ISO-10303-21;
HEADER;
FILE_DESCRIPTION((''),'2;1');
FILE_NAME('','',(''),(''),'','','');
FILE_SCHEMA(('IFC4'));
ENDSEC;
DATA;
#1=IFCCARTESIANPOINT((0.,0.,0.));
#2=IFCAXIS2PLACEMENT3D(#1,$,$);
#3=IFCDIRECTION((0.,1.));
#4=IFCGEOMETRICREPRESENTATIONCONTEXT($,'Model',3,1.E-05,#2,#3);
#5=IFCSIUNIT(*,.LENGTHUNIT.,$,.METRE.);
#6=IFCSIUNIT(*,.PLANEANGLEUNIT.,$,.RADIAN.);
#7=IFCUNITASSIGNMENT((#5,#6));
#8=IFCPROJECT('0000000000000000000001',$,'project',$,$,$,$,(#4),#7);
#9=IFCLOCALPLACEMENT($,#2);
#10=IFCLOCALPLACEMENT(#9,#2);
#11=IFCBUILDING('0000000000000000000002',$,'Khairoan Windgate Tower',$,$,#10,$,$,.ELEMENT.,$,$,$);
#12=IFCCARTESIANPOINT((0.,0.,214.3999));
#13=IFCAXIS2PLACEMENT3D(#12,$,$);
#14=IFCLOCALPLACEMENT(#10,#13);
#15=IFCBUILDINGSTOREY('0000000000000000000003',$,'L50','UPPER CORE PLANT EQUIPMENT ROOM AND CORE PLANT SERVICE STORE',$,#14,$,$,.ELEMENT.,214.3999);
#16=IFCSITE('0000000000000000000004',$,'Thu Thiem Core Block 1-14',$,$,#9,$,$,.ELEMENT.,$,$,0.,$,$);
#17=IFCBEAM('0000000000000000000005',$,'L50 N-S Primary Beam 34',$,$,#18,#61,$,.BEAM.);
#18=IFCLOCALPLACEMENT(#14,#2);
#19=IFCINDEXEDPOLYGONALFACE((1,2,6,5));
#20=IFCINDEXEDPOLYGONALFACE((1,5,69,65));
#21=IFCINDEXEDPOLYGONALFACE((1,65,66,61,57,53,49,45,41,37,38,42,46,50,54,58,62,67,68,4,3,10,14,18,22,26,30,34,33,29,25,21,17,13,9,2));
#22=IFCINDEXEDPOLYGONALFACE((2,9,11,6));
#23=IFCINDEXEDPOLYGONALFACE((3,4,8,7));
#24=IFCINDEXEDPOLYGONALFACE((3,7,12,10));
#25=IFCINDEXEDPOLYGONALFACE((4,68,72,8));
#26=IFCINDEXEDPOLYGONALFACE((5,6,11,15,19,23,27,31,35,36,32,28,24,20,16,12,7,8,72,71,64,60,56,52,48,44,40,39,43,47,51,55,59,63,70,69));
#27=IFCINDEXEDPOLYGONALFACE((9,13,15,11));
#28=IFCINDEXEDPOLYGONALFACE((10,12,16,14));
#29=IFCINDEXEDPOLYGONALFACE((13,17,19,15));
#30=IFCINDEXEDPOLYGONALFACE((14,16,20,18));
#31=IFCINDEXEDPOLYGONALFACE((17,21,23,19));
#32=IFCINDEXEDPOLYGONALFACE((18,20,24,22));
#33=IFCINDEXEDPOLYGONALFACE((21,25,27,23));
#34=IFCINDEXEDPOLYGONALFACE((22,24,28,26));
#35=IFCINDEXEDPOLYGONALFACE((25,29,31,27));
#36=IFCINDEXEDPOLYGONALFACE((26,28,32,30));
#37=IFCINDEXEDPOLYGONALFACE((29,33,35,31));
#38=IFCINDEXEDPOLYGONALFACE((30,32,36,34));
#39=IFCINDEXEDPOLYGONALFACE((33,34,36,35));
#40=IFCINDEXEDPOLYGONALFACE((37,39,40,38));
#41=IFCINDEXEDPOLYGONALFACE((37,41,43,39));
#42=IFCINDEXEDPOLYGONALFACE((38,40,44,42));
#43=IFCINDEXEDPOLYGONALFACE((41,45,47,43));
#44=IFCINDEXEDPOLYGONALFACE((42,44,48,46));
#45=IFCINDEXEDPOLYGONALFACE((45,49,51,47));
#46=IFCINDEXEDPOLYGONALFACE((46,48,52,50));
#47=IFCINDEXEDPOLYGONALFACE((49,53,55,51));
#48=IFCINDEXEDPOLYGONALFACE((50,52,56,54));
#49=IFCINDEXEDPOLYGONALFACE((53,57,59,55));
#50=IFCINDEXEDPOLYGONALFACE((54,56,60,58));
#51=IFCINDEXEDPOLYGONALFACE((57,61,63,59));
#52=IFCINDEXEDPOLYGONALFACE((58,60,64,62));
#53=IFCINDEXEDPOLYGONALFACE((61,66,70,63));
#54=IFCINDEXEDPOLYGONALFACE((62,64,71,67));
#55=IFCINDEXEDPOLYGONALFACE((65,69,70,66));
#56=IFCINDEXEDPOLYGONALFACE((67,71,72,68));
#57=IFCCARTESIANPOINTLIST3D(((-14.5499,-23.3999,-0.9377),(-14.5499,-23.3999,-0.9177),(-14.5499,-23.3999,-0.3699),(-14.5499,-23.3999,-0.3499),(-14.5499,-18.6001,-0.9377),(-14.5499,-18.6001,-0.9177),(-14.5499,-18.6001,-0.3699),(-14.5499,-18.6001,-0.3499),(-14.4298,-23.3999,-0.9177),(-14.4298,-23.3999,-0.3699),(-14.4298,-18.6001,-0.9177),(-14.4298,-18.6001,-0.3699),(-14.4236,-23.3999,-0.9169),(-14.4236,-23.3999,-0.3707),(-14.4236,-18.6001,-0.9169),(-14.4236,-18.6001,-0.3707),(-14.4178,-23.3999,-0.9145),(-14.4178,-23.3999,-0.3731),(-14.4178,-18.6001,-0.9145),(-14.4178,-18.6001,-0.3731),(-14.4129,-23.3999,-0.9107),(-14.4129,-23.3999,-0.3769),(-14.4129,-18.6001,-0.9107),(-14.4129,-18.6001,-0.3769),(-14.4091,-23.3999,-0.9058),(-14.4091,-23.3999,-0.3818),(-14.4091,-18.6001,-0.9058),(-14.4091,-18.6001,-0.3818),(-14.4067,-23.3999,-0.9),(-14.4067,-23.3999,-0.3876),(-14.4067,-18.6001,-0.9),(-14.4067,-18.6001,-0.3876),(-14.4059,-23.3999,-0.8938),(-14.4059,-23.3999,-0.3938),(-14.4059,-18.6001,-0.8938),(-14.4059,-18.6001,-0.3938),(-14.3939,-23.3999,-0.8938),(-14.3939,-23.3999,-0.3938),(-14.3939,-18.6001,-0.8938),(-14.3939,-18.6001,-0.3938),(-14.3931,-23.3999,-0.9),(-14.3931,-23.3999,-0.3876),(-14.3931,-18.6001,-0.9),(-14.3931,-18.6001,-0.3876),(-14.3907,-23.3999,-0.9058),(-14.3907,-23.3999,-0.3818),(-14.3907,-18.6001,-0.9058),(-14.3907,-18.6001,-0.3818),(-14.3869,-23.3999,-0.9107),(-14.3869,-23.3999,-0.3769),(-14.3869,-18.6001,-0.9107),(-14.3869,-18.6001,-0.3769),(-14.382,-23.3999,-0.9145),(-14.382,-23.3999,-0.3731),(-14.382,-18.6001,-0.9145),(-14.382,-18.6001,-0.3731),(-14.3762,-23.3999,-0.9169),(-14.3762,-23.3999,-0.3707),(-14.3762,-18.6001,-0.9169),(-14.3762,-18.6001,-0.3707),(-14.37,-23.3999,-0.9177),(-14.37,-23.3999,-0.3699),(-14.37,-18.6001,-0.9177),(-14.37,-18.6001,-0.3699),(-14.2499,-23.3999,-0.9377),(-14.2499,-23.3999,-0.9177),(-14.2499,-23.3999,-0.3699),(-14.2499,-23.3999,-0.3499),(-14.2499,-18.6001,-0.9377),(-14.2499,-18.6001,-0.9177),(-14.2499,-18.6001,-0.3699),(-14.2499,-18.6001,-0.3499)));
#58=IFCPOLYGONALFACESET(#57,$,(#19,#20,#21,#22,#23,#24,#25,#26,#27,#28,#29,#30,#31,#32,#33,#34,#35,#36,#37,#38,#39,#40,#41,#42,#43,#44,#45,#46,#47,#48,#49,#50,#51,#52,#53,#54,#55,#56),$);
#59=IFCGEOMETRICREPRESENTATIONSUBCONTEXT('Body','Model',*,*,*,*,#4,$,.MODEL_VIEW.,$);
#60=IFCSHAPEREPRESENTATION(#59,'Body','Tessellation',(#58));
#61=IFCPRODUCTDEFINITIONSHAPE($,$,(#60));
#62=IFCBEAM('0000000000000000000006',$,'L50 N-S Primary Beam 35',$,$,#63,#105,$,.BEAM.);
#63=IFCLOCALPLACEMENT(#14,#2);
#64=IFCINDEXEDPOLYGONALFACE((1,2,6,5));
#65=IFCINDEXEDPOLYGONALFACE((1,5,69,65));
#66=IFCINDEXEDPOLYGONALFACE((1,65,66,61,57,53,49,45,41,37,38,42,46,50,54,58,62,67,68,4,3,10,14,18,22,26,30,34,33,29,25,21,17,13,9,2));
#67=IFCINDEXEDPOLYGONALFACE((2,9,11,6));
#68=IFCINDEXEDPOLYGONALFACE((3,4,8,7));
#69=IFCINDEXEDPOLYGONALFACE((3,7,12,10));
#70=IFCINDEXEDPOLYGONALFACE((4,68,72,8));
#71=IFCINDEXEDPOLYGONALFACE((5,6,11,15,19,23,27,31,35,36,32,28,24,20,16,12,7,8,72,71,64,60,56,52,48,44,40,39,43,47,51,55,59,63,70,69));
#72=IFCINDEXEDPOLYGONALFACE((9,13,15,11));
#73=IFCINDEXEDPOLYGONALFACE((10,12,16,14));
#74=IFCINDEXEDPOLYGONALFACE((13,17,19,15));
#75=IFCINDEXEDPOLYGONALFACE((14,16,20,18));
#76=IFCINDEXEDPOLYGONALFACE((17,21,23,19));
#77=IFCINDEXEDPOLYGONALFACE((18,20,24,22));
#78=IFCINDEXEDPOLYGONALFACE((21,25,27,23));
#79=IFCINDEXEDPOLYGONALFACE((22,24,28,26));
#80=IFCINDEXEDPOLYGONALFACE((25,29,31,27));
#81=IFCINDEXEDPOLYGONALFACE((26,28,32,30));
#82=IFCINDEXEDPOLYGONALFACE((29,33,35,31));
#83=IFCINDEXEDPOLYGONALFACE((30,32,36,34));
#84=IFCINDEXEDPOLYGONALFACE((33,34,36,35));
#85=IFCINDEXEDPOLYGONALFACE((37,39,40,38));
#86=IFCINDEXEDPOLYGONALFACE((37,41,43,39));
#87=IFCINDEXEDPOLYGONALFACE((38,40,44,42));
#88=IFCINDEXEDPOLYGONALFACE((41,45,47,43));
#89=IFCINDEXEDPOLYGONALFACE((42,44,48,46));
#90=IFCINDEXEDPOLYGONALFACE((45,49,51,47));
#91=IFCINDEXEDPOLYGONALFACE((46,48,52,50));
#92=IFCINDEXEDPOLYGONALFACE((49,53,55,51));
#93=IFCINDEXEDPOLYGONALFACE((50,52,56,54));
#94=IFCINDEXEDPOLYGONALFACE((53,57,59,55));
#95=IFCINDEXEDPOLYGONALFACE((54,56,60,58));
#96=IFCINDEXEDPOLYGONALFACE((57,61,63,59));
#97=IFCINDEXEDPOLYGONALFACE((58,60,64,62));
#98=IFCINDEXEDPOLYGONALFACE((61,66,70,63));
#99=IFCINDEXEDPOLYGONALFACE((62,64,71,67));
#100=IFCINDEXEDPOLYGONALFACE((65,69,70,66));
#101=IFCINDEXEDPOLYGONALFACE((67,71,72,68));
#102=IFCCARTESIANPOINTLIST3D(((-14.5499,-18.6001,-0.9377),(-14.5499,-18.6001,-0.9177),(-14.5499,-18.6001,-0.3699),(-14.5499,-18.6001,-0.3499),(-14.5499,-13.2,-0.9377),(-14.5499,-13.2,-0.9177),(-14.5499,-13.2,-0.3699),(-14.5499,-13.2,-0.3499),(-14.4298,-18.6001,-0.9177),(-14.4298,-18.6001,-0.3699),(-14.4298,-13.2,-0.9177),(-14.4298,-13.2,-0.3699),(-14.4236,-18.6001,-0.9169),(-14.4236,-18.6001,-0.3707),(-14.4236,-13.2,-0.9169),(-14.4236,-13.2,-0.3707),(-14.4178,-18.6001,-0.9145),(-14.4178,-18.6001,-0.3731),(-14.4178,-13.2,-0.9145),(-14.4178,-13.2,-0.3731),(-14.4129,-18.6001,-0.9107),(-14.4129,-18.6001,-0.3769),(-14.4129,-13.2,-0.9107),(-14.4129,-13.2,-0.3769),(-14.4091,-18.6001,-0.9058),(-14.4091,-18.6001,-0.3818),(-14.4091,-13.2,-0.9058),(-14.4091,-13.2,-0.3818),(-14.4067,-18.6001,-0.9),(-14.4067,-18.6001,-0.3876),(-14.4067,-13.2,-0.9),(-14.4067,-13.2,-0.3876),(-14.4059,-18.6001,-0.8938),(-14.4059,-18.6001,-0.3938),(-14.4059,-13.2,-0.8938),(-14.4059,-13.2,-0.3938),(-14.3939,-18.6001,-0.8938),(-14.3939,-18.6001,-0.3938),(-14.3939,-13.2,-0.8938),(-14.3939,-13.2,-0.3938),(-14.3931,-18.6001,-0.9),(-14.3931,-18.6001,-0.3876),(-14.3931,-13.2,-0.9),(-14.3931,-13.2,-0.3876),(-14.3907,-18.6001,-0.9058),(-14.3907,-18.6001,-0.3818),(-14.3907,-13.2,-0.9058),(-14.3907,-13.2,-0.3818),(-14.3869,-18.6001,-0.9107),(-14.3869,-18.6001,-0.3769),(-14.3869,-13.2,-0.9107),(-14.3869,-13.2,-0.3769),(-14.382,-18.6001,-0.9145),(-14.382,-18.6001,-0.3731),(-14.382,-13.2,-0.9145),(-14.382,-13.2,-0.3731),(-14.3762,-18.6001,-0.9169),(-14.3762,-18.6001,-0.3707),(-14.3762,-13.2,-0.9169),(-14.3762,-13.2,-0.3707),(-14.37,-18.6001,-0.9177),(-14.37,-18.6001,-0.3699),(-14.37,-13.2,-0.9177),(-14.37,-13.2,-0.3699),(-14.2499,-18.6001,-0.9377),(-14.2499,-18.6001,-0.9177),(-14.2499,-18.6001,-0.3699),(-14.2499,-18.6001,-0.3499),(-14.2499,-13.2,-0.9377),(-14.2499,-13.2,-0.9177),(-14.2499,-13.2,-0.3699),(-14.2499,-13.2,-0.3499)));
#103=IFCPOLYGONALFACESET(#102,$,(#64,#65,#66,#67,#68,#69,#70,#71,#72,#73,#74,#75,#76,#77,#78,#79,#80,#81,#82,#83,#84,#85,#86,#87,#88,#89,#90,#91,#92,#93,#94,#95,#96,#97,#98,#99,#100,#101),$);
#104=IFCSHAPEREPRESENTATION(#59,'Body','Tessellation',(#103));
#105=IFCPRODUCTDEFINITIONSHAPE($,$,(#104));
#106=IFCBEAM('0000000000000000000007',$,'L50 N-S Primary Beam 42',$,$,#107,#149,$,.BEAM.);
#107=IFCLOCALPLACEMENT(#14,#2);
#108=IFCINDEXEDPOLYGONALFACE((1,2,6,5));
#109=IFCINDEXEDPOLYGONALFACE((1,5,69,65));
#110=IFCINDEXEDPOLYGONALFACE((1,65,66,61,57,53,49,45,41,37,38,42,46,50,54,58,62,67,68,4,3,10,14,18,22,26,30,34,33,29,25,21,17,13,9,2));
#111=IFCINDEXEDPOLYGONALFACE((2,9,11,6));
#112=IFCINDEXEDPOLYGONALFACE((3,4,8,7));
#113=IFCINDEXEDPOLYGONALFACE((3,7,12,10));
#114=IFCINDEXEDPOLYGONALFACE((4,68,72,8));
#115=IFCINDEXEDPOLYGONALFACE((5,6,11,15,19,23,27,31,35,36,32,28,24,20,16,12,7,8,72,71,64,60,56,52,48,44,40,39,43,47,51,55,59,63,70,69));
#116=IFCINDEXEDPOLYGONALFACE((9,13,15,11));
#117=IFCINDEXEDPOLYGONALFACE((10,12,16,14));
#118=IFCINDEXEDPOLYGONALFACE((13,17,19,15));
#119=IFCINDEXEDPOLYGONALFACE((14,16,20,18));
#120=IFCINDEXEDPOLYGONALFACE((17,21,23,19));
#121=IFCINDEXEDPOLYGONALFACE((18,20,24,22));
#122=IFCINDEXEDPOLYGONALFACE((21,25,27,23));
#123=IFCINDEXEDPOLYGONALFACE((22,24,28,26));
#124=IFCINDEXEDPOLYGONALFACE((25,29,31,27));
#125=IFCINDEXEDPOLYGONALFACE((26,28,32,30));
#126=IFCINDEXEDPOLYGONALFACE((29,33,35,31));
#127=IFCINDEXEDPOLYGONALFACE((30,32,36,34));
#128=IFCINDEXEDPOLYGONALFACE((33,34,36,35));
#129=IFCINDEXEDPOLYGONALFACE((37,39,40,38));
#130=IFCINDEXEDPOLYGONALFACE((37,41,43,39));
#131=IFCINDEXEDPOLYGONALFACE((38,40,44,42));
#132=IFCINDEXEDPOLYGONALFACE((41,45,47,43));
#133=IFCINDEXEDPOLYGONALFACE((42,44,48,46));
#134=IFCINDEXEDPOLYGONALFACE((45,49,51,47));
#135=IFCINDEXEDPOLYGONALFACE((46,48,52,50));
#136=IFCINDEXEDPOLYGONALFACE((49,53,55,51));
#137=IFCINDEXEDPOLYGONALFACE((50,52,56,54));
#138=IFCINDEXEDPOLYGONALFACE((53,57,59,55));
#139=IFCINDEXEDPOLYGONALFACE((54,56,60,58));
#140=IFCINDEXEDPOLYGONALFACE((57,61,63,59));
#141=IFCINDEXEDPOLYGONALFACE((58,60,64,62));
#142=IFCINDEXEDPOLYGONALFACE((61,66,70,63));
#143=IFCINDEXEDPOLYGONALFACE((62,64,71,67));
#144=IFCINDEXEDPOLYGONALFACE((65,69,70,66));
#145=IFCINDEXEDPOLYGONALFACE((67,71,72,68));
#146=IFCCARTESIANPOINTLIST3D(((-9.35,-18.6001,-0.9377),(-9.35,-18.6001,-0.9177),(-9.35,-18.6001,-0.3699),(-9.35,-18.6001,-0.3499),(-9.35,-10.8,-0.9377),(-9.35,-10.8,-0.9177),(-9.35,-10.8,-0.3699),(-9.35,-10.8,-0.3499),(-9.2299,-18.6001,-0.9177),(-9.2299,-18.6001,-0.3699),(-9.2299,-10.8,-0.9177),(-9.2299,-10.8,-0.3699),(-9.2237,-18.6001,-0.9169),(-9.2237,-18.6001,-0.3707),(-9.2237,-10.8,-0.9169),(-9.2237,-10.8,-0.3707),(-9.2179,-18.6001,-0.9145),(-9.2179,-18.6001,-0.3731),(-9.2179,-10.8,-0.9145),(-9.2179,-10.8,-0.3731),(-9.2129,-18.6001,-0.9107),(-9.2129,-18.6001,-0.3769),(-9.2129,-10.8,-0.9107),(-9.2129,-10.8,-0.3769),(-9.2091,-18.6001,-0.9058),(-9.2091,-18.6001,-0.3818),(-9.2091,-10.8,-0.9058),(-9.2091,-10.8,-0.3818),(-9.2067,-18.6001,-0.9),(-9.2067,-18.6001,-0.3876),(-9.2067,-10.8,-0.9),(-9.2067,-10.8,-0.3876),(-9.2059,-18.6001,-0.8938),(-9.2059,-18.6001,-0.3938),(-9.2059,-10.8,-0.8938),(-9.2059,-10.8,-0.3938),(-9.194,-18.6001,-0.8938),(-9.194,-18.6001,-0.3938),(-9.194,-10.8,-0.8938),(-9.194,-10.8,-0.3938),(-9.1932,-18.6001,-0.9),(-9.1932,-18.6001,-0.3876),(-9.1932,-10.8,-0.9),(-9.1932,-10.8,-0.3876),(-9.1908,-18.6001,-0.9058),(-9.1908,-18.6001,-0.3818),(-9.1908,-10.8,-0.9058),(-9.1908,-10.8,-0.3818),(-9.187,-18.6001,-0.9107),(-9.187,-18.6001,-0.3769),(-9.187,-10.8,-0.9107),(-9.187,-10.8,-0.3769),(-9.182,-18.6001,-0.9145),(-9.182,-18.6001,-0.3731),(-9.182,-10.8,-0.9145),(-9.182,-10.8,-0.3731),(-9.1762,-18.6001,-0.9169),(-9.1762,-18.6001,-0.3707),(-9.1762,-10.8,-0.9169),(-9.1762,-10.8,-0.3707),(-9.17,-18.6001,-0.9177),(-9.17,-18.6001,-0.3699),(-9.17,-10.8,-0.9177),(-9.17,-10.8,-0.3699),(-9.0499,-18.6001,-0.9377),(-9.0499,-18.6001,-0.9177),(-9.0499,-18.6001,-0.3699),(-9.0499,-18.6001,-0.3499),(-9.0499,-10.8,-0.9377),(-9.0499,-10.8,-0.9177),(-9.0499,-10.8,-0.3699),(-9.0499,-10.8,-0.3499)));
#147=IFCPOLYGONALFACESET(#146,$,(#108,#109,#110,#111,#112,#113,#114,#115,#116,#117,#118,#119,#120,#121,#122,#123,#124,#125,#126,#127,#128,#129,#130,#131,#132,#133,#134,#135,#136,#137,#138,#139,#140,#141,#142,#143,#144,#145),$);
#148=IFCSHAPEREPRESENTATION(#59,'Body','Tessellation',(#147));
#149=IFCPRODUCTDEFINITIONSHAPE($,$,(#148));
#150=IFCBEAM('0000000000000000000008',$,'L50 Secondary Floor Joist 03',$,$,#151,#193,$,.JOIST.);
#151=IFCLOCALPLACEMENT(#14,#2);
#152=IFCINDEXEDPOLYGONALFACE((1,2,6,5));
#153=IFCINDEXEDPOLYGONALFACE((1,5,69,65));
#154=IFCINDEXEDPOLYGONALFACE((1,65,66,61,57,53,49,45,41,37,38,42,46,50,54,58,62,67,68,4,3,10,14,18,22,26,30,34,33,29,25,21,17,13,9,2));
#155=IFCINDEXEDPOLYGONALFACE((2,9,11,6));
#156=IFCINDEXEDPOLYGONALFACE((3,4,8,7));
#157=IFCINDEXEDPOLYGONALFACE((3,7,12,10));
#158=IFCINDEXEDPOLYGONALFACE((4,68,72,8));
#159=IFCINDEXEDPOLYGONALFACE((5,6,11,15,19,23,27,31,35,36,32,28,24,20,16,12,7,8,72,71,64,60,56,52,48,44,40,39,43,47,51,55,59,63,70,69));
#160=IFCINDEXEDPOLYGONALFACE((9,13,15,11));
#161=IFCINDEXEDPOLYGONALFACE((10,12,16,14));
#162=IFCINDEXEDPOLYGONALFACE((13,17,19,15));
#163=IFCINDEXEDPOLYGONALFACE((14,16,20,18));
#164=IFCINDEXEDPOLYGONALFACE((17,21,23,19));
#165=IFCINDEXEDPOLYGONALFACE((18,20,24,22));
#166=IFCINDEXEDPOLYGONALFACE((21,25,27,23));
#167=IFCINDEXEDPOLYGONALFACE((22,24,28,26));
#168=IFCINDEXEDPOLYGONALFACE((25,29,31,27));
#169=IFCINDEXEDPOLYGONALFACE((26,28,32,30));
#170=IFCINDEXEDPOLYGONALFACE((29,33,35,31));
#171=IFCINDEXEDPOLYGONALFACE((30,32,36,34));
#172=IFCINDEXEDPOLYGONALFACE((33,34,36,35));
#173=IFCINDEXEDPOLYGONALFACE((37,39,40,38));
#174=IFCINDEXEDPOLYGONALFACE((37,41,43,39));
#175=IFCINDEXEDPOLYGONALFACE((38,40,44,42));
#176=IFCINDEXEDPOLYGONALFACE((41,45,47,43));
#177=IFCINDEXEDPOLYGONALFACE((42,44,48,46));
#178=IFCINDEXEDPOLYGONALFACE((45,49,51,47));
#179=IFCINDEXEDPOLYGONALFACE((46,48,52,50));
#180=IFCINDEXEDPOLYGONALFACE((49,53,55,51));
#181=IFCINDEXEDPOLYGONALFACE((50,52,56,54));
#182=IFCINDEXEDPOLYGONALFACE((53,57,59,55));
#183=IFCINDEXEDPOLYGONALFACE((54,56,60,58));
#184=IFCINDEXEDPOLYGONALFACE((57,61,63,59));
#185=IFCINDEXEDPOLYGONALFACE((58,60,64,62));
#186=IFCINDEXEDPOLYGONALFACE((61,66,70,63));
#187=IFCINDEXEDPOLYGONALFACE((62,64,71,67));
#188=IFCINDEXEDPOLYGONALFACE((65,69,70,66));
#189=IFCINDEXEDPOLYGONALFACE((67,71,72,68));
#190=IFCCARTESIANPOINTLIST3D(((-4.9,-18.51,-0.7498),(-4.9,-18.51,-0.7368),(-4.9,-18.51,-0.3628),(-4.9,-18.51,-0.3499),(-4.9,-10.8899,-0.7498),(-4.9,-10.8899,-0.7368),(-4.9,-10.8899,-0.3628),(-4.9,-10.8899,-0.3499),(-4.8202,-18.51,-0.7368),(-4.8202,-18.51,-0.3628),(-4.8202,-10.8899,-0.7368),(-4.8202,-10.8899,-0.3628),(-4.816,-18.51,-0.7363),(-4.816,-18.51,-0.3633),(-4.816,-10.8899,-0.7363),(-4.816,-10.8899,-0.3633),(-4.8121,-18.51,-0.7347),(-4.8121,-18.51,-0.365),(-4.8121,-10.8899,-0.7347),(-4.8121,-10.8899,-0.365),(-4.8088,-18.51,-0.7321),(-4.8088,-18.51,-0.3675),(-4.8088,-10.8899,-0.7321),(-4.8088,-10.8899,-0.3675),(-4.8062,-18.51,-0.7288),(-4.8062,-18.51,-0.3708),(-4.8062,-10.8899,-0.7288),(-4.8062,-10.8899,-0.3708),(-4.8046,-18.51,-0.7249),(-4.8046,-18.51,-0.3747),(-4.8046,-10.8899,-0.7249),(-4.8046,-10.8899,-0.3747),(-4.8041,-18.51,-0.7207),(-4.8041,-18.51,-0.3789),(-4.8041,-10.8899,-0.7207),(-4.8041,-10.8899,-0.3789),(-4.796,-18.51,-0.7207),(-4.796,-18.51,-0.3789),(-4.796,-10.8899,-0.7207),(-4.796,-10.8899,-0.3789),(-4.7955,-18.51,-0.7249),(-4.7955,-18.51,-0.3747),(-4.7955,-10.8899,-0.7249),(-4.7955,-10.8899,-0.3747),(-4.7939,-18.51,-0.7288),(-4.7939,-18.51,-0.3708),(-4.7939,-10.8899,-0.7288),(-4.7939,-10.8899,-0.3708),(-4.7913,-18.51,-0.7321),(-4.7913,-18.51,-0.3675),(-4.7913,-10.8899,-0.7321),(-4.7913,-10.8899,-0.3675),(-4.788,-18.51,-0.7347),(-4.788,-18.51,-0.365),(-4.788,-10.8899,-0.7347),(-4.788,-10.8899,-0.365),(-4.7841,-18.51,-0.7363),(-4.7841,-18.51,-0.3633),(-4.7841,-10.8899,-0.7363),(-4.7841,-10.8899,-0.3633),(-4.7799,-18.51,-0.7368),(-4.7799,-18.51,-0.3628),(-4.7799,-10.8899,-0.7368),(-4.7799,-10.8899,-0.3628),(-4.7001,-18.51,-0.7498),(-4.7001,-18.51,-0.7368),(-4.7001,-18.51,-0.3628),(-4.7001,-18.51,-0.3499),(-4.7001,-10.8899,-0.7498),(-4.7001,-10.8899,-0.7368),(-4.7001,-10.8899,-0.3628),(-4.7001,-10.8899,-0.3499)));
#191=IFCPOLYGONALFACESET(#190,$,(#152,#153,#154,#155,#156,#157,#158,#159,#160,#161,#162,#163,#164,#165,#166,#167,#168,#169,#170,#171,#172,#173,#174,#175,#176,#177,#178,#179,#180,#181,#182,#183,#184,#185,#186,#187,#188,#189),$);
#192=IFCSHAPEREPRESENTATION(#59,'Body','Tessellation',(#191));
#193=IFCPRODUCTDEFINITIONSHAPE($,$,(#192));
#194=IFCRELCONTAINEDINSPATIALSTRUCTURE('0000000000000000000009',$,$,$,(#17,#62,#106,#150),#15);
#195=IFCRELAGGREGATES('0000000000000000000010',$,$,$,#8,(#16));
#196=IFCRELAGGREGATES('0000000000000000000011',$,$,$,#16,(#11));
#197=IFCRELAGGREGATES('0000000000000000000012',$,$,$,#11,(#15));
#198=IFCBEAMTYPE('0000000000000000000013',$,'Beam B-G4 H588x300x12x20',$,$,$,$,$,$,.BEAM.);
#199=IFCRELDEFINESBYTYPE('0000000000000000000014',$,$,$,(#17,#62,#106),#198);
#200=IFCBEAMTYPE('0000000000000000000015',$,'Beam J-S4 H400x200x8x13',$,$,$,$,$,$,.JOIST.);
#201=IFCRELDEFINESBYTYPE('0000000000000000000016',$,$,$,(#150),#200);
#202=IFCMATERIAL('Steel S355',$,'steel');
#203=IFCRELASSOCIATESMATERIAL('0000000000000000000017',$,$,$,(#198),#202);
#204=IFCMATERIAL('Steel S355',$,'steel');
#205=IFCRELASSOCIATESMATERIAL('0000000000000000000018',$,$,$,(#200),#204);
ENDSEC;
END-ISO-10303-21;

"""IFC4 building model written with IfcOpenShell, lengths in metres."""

from ifc_helpers import new_model, si_unit, direction, frame, origin, origin_2d, place, context, subcontext, project, spatial, i_section, extrude, material, material_profile, profile_set, type_object, element, save


model = new_model("IFC4")

# Units and contexts
model_context = context("Model", 3, precision=1e-05, world=origin(), true_north=direction((0.0, 1.0)))
body_context = subcontext(model_context, "Body", "Model", "MODEL_VIEW")
ifc_project = project(units=[si_unit("LENGTHUNIT", "METRE"), si_unit("PLANEANGLEUNIT", "RADIAN")], contexts=[model_context])

# Site, building, storey
site_placement = place(None, origin())
site = spatial("IfcSite", under=ifc_project, at=site_placement, Name="Thu Thiem Core Block 1-14", CompositionType="ELEMENT", RefElevation=0.0)
building_placement = place(site_placement, origin())
building = spatial("IfcBuilding", under=site, at=building_placement, Name="Khairoan Windgate Tower", CompositionType="ELEMENT")
storey_placement = place(building_placement, frame((0.0, 0.0, 214.3999)))
storey = spatial("IfcBuildingStorey", under=building, at=storey_placement, Name="L50", Description="UPPER CORE PLANT EQUIPMENT ROOM AND CORE PLANT SERVICE STORE", CompositionType="ELEMENT", Elevation=214.3999)

# Beams
ifc_material_1 = material(Name="Steel S355", Category="steel")
ifc_material_profile_1 = material_profile(ifc_material_1, i_section(OverallWidth=0.3, OverallDepth=0.5879, WebThickness=0.012, FlangeThickness=0.02, FilletRadius=0.0239, at=origin_2d()))
ifc_profile_set_1 = profile_set([ifc_material_profile_1], Name="Steel S355")
beam_type_1 = type_object("IfcBeamType", Name="Beam B-G4 H588x300x12x20", PredefinedType="BEAM", material=ifc_profile_set_1)
beam_1_placement = place(storey_placement, frame((-14.3999, -23.3999, -0.6438), z_axis=(0.0, 1.0, 0.0), x_axis=(-1.0, 0.0, 0.0)))
element("IfcBeam", 1, at=beam_1_placement, inside=storey, type_object=beam_type_1, Name="L50 N-S Primary Beam 34", PredefinedType="BEAM", context=body_context, shape_type="SweptSolid", body=[
    extrude(i_section(OverallWidth=0.3, OverallDepth=0.5879, WebThickness=0.012, FlangeThickness=0.02, FilletRadius=0.0239, at=origin_2d()), origin(), (0.0, 0.0, 1.0), 4.7998),
])
beam_2_placement = place(storey_placement, frame((-14.3999, -18.6001, -0.6438), z_axis=(0.0, 1.0, 0.0), x_axis=(-1.0, 0.0, 0.0)))
element("IfcBeam", 2, at=beam_2_placement, inside=storey, type_object=beam_type_1, Name="L50 N-S Primary Beam 35", PredefinedType="BEAM", context=body_context, shape_type="SweptSolid", body=[
    extrude(i_section(OverallWidth=0.3, OverallDepth=0.5879, WebThickness=0.012, FlangeThickness=0.02, FilletRadius=0.0239, at=origin_2d()), origin(), (0.0, 0.0, 1.0), 5.4001),
])
beam_3_placement = place(storey_placement, frame((-9.2, -18.6001, -0.6438), z_axis=(0.0, 1.0, 0.0), x_axis=(-1.0, 0.0, 0.0)))
element("IfcBeam", 3, at=beam_3_placement, inside=storey, type_object=beam_type_1, Name="L50 N-S Primary Beam 42", PredefinedType="BEAM", context=body_context, shape_type="SweptSolid", body=[
    extrude(i_section(OverallWidth=0.3, OverallDepth=0.5879, WebThickness=0.012, FlangeThickness=0.02, FilletRadius=0.0239, at=origin_2d()), origin(), (0.0, 0.0, 1.0), 7.8),
])
ifc_material_2 = material(Name="Steel S355", Category="steel")
ifc_material_profile_2 = material_profile(ifc_material_2, i_section(OverallWidth=0.2, OverallDepth=0.3999, WebThickness=0.0081, FlangeThickness=0.0129, FilletRadius=0.0161, at=origin_2d()))
ifc_profile_set_2 = profile_set([ifc_material_profile_2], Name="Steel S355")
beam_type_2 = type_object("IfcBeamType", Name="Beam J-S4 H400x200x8x13", PredefinedType="JOIST", material=ifc_profile_set_2)
beam_4_placement = place(storey_placement, frame((-4.8, -18.51, -0.5498), z_axis=(0.0, 1.0, 0.0), x_axis=(-1.0, 0.0, 0.0)))
element("IfcBeam", 4, at=beam_4_placement, inside=storey, type_object=beam_type_2, Name="L50 Secondary Floor Joist 03", PredefinedType="JOIST", context=body_context, shape_type="SweptSolid", body=[
    extrude(i_section(OverallWidth=0.2, OverallDepth=0.3999, WebThickness=0.0081, FlangeThickness=0.0129, FilletRadius=0.0161, at=origin_2d()), origin(), (0.0, 0.0, 1.0), 7.6201),
])

save(model, "model.ifc")
